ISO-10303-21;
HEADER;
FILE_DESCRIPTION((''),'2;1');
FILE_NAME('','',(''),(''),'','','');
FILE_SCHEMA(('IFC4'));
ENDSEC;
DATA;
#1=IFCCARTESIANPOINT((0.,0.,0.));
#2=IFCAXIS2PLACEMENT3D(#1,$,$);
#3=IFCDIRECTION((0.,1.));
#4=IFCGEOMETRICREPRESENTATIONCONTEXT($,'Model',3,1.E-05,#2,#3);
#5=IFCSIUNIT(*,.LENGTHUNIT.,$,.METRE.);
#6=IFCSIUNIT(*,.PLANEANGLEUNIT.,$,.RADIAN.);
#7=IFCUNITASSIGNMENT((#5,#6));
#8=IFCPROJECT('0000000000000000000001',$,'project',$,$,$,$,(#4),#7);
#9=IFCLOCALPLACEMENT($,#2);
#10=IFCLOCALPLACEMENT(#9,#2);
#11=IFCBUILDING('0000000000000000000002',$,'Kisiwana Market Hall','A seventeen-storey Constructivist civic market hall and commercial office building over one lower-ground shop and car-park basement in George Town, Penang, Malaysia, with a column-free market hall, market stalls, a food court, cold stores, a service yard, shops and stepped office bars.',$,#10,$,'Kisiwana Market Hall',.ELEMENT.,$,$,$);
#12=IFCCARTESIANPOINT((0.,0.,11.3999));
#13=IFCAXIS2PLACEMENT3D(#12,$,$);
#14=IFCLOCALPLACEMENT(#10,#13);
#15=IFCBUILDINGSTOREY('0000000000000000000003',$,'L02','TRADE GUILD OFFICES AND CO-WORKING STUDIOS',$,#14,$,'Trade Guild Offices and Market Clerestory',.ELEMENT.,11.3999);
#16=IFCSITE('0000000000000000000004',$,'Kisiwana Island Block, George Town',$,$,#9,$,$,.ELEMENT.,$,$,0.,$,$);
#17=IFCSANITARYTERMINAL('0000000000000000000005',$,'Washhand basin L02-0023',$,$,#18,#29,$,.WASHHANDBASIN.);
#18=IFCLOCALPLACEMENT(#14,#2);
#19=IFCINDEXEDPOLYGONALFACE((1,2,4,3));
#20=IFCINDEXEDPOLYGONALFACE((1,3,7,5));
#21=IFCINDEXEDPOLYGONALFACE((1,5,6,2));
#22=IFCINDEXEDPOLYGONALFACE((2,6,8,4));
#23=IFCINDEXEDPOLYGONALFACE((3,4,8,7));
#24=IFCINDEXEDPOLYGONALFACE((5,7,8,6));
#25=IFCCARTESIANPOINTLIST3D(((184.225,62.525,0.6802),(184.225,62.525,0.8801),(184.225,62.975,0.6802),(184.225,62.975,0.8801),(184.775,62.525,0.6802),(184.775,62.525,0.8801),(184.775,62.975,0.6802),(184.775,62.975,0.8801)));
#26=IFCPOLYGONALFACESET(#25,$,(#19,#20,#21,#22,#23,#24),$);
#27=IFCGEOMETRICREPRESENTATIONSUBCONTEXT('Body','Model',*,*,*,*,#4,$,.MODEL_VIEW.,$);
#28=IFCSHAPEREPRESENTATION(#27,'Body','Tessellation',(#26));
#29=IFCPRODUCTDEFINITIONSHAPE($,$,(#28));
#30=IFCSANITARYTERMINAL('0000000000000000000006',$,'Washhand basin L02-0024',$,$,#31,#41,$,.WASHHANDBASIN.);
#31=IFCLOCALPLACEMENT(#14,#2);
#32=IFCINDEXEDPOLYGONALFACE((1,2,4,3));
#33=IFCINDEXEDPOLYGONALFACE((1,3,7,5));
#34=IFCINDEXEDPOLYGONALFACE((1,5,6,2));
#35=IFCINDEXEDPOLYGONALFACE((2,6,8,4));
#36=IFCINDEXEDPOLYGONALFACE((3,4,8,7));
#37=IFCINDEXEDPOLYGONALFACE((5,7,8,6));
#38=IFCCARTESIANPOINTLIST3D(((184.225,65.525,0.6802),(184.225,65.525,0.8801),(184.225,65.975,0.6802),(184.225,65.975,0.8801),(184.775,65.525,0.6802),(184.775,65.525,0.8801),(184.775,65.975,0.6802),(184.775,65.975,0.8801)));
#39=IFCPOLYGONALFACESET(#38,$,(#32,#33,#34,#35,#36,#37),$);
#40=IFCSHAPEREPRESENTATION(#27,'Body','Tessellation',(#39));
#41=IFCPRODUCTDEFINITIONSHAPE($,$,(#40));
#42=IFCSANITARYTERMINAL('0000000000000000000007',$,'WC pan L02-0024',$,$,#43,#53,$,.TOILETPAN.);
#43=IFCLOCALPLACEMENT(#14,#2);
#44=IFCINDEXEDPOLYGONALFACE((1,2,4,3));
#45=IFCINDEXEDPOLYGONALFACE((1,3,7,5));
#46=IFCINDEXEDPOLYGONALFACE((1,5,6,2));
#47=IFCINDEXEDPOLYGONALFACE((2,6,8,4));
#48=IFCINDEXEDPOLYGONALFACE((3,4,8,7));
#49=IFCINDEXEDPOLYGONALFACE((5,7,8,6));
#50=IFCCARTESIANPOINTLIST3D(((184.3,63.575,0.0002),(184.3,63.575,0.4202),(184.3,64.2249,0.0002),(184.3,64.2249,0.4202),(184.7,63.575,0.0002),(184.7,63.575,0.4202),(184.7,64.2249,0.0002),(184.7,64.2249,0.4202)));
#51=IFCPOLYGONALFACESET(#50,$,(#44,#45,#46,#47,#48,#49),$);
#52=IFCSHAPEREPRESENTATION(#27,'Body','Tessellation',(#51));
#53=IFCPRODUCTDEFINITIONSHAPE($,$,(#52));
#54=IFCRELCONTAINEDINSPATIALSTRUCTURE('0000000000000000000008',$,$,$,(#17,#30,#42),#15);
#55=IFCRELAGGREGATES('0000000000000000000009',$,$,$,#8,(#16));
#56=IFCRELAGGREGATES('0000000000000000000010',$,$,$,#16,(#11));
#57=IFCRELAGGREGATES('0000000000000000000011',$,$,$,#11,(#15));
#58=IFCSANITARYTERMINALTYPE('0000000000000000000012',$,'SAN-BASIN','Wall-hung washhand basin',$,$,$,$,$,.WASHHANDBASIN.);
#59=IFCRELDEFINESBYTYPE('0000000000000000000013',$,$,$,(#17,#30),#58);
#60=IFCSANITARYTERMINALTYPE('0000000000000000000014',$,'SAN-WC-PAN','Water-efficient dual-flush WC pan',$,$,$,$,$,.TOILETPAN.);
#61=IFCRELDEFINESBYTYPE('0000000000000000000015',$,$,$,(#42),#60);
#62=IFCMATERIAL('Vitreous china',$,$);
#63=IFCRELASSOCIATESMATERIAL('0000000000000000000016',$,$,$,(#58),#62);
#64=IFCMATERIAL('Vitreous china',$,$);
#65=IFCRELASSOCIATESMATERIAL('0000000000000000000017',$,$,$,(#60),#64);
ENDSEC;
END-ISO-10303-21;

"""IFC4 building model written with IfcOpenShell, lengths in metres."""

from ifc_helpers import new_model, si_unit, direction, frame, origin, origin_2d, place, context, subcontext, project, spatial, rectangle, extrude, material, type_object, element, save


model = new_model("IFC4")

# Units and contexts
model_context = context("Model", 3, precision=1e-05, world=origin(), true_north=direction((0.0, 1.0)))
body_context = subcontext(model_context, "Body", "Model", "MODEL_VIEW")
ifc_project = project(units=[si_unit("LENGTHUNIT", "METRE"), si_unit("PLANEANGLEUNIT", "RADIAN")], contexts=[model_context])

# Site, building, storey
site_placement = place(None, origin())
site = spatial("IfcSite", under=ifc_project, at=site_placement, Name="Kisiwana Island Block, George Town", CompositionType="ELEMENT", RefElevation=0.0)
building_placement = place(site_placement, origin())
building = spatial("IfcBuilding", under=site, at=building_placement, Name="Kisiwana Market Hall", Description="A seventeen-storey Constructivist civic market hall and commercial office building over one lower-ground shop and car-park basement in George Town, Penang, Malaysia, with a column-free market hall, market stalls, a food court, cold stores, a service yard, shops and stepped office bars.", LongName="Kisiwana Market Hall", CompositionType="ELEMENT")
storey_placement = place(building_placement, frame((0.0, 0.0, 11.3999)))
storey = spatial("IfcBuildingStorey", under=building, at=storey_placement, Name="L02", Description="TRADE GUILD OFFICES AND CO-WORKING STUDIOS", LongName="Trade Guild Offices and Market Clerestory", CompositionType="ELEMENT", Elevation=11.3999)

# Sanitary terminals
ifc_material_1 = material(Name="Vitreous china")
sanitary_terminal_type_1 = type_object("IfcSanitaryTerminalType", Name="SAN-BASIN", Description="Wall-hung washhand basin", PredefinedType="WASHHANDBASIN", material=ifc_material_1)
for number, where, z_axis, x_axis, name in (
    (1, (184.5, 62.75, 0.6802), (0.0, 0.0, 1.0), (1.0, 0.0, 0.0), "Washhand basin L02-0023"),
    (2, (184.5, 65.75, 0.6802), (0.0, 0.0, 1.0), (1.0, 0.0, 0.0), "Washhand basin L02-0024"),
):
    element("IfcSanitaryTerminal", number, at=place(storey_placement, frame(where, z_axis=z_axis, x_axis=x_axis)), inside=storey, type_object=sanitary_terminal_type_1, Name=name, PredefinedType="WASHHANDBASIN", context=body_context, shape_type="SweptSolid", body=[
        extrude(rectangle(XDim=0.55, YDim=0.45, at=origin_2d()), origin(), (0.0, 0.0, 1.0), 0.2),
    ])
ifc_material_2 = material(Name="Vitreous china")
sanitary_terminal_type_2 = type_object("IfcSanitaryTerminalType", Name="SAN-WC-PAN", Description="Water-efficient dual-flush WC pan", PredefinedType="TOILETPAN", material=ifc_material_2)
sanitary_terminal_placement = place(storey_placement, frame((184.5, 63.8999, 0.0002), z_axis=(0.0, 0.0, 1.0), x_axis=(1.0, 0.0, 0.0)))
element("IfcSanitaryTerminal", 3, at=sanitary_terminal_placement, inside=storey, type_object=sanitary_terminal_type_2, Name="WC pan L02-0024", PredefinedType="TOILETPAN", context=body_context, shape_type="SweptSolid", body=[
    extrude(rectangle(XDim=0.3999, YDim=0.6499, at=origin_2d()), origin(), (0.0, 0.0, 1.0), 0.4199),
])

save(model, "model.ifc")
